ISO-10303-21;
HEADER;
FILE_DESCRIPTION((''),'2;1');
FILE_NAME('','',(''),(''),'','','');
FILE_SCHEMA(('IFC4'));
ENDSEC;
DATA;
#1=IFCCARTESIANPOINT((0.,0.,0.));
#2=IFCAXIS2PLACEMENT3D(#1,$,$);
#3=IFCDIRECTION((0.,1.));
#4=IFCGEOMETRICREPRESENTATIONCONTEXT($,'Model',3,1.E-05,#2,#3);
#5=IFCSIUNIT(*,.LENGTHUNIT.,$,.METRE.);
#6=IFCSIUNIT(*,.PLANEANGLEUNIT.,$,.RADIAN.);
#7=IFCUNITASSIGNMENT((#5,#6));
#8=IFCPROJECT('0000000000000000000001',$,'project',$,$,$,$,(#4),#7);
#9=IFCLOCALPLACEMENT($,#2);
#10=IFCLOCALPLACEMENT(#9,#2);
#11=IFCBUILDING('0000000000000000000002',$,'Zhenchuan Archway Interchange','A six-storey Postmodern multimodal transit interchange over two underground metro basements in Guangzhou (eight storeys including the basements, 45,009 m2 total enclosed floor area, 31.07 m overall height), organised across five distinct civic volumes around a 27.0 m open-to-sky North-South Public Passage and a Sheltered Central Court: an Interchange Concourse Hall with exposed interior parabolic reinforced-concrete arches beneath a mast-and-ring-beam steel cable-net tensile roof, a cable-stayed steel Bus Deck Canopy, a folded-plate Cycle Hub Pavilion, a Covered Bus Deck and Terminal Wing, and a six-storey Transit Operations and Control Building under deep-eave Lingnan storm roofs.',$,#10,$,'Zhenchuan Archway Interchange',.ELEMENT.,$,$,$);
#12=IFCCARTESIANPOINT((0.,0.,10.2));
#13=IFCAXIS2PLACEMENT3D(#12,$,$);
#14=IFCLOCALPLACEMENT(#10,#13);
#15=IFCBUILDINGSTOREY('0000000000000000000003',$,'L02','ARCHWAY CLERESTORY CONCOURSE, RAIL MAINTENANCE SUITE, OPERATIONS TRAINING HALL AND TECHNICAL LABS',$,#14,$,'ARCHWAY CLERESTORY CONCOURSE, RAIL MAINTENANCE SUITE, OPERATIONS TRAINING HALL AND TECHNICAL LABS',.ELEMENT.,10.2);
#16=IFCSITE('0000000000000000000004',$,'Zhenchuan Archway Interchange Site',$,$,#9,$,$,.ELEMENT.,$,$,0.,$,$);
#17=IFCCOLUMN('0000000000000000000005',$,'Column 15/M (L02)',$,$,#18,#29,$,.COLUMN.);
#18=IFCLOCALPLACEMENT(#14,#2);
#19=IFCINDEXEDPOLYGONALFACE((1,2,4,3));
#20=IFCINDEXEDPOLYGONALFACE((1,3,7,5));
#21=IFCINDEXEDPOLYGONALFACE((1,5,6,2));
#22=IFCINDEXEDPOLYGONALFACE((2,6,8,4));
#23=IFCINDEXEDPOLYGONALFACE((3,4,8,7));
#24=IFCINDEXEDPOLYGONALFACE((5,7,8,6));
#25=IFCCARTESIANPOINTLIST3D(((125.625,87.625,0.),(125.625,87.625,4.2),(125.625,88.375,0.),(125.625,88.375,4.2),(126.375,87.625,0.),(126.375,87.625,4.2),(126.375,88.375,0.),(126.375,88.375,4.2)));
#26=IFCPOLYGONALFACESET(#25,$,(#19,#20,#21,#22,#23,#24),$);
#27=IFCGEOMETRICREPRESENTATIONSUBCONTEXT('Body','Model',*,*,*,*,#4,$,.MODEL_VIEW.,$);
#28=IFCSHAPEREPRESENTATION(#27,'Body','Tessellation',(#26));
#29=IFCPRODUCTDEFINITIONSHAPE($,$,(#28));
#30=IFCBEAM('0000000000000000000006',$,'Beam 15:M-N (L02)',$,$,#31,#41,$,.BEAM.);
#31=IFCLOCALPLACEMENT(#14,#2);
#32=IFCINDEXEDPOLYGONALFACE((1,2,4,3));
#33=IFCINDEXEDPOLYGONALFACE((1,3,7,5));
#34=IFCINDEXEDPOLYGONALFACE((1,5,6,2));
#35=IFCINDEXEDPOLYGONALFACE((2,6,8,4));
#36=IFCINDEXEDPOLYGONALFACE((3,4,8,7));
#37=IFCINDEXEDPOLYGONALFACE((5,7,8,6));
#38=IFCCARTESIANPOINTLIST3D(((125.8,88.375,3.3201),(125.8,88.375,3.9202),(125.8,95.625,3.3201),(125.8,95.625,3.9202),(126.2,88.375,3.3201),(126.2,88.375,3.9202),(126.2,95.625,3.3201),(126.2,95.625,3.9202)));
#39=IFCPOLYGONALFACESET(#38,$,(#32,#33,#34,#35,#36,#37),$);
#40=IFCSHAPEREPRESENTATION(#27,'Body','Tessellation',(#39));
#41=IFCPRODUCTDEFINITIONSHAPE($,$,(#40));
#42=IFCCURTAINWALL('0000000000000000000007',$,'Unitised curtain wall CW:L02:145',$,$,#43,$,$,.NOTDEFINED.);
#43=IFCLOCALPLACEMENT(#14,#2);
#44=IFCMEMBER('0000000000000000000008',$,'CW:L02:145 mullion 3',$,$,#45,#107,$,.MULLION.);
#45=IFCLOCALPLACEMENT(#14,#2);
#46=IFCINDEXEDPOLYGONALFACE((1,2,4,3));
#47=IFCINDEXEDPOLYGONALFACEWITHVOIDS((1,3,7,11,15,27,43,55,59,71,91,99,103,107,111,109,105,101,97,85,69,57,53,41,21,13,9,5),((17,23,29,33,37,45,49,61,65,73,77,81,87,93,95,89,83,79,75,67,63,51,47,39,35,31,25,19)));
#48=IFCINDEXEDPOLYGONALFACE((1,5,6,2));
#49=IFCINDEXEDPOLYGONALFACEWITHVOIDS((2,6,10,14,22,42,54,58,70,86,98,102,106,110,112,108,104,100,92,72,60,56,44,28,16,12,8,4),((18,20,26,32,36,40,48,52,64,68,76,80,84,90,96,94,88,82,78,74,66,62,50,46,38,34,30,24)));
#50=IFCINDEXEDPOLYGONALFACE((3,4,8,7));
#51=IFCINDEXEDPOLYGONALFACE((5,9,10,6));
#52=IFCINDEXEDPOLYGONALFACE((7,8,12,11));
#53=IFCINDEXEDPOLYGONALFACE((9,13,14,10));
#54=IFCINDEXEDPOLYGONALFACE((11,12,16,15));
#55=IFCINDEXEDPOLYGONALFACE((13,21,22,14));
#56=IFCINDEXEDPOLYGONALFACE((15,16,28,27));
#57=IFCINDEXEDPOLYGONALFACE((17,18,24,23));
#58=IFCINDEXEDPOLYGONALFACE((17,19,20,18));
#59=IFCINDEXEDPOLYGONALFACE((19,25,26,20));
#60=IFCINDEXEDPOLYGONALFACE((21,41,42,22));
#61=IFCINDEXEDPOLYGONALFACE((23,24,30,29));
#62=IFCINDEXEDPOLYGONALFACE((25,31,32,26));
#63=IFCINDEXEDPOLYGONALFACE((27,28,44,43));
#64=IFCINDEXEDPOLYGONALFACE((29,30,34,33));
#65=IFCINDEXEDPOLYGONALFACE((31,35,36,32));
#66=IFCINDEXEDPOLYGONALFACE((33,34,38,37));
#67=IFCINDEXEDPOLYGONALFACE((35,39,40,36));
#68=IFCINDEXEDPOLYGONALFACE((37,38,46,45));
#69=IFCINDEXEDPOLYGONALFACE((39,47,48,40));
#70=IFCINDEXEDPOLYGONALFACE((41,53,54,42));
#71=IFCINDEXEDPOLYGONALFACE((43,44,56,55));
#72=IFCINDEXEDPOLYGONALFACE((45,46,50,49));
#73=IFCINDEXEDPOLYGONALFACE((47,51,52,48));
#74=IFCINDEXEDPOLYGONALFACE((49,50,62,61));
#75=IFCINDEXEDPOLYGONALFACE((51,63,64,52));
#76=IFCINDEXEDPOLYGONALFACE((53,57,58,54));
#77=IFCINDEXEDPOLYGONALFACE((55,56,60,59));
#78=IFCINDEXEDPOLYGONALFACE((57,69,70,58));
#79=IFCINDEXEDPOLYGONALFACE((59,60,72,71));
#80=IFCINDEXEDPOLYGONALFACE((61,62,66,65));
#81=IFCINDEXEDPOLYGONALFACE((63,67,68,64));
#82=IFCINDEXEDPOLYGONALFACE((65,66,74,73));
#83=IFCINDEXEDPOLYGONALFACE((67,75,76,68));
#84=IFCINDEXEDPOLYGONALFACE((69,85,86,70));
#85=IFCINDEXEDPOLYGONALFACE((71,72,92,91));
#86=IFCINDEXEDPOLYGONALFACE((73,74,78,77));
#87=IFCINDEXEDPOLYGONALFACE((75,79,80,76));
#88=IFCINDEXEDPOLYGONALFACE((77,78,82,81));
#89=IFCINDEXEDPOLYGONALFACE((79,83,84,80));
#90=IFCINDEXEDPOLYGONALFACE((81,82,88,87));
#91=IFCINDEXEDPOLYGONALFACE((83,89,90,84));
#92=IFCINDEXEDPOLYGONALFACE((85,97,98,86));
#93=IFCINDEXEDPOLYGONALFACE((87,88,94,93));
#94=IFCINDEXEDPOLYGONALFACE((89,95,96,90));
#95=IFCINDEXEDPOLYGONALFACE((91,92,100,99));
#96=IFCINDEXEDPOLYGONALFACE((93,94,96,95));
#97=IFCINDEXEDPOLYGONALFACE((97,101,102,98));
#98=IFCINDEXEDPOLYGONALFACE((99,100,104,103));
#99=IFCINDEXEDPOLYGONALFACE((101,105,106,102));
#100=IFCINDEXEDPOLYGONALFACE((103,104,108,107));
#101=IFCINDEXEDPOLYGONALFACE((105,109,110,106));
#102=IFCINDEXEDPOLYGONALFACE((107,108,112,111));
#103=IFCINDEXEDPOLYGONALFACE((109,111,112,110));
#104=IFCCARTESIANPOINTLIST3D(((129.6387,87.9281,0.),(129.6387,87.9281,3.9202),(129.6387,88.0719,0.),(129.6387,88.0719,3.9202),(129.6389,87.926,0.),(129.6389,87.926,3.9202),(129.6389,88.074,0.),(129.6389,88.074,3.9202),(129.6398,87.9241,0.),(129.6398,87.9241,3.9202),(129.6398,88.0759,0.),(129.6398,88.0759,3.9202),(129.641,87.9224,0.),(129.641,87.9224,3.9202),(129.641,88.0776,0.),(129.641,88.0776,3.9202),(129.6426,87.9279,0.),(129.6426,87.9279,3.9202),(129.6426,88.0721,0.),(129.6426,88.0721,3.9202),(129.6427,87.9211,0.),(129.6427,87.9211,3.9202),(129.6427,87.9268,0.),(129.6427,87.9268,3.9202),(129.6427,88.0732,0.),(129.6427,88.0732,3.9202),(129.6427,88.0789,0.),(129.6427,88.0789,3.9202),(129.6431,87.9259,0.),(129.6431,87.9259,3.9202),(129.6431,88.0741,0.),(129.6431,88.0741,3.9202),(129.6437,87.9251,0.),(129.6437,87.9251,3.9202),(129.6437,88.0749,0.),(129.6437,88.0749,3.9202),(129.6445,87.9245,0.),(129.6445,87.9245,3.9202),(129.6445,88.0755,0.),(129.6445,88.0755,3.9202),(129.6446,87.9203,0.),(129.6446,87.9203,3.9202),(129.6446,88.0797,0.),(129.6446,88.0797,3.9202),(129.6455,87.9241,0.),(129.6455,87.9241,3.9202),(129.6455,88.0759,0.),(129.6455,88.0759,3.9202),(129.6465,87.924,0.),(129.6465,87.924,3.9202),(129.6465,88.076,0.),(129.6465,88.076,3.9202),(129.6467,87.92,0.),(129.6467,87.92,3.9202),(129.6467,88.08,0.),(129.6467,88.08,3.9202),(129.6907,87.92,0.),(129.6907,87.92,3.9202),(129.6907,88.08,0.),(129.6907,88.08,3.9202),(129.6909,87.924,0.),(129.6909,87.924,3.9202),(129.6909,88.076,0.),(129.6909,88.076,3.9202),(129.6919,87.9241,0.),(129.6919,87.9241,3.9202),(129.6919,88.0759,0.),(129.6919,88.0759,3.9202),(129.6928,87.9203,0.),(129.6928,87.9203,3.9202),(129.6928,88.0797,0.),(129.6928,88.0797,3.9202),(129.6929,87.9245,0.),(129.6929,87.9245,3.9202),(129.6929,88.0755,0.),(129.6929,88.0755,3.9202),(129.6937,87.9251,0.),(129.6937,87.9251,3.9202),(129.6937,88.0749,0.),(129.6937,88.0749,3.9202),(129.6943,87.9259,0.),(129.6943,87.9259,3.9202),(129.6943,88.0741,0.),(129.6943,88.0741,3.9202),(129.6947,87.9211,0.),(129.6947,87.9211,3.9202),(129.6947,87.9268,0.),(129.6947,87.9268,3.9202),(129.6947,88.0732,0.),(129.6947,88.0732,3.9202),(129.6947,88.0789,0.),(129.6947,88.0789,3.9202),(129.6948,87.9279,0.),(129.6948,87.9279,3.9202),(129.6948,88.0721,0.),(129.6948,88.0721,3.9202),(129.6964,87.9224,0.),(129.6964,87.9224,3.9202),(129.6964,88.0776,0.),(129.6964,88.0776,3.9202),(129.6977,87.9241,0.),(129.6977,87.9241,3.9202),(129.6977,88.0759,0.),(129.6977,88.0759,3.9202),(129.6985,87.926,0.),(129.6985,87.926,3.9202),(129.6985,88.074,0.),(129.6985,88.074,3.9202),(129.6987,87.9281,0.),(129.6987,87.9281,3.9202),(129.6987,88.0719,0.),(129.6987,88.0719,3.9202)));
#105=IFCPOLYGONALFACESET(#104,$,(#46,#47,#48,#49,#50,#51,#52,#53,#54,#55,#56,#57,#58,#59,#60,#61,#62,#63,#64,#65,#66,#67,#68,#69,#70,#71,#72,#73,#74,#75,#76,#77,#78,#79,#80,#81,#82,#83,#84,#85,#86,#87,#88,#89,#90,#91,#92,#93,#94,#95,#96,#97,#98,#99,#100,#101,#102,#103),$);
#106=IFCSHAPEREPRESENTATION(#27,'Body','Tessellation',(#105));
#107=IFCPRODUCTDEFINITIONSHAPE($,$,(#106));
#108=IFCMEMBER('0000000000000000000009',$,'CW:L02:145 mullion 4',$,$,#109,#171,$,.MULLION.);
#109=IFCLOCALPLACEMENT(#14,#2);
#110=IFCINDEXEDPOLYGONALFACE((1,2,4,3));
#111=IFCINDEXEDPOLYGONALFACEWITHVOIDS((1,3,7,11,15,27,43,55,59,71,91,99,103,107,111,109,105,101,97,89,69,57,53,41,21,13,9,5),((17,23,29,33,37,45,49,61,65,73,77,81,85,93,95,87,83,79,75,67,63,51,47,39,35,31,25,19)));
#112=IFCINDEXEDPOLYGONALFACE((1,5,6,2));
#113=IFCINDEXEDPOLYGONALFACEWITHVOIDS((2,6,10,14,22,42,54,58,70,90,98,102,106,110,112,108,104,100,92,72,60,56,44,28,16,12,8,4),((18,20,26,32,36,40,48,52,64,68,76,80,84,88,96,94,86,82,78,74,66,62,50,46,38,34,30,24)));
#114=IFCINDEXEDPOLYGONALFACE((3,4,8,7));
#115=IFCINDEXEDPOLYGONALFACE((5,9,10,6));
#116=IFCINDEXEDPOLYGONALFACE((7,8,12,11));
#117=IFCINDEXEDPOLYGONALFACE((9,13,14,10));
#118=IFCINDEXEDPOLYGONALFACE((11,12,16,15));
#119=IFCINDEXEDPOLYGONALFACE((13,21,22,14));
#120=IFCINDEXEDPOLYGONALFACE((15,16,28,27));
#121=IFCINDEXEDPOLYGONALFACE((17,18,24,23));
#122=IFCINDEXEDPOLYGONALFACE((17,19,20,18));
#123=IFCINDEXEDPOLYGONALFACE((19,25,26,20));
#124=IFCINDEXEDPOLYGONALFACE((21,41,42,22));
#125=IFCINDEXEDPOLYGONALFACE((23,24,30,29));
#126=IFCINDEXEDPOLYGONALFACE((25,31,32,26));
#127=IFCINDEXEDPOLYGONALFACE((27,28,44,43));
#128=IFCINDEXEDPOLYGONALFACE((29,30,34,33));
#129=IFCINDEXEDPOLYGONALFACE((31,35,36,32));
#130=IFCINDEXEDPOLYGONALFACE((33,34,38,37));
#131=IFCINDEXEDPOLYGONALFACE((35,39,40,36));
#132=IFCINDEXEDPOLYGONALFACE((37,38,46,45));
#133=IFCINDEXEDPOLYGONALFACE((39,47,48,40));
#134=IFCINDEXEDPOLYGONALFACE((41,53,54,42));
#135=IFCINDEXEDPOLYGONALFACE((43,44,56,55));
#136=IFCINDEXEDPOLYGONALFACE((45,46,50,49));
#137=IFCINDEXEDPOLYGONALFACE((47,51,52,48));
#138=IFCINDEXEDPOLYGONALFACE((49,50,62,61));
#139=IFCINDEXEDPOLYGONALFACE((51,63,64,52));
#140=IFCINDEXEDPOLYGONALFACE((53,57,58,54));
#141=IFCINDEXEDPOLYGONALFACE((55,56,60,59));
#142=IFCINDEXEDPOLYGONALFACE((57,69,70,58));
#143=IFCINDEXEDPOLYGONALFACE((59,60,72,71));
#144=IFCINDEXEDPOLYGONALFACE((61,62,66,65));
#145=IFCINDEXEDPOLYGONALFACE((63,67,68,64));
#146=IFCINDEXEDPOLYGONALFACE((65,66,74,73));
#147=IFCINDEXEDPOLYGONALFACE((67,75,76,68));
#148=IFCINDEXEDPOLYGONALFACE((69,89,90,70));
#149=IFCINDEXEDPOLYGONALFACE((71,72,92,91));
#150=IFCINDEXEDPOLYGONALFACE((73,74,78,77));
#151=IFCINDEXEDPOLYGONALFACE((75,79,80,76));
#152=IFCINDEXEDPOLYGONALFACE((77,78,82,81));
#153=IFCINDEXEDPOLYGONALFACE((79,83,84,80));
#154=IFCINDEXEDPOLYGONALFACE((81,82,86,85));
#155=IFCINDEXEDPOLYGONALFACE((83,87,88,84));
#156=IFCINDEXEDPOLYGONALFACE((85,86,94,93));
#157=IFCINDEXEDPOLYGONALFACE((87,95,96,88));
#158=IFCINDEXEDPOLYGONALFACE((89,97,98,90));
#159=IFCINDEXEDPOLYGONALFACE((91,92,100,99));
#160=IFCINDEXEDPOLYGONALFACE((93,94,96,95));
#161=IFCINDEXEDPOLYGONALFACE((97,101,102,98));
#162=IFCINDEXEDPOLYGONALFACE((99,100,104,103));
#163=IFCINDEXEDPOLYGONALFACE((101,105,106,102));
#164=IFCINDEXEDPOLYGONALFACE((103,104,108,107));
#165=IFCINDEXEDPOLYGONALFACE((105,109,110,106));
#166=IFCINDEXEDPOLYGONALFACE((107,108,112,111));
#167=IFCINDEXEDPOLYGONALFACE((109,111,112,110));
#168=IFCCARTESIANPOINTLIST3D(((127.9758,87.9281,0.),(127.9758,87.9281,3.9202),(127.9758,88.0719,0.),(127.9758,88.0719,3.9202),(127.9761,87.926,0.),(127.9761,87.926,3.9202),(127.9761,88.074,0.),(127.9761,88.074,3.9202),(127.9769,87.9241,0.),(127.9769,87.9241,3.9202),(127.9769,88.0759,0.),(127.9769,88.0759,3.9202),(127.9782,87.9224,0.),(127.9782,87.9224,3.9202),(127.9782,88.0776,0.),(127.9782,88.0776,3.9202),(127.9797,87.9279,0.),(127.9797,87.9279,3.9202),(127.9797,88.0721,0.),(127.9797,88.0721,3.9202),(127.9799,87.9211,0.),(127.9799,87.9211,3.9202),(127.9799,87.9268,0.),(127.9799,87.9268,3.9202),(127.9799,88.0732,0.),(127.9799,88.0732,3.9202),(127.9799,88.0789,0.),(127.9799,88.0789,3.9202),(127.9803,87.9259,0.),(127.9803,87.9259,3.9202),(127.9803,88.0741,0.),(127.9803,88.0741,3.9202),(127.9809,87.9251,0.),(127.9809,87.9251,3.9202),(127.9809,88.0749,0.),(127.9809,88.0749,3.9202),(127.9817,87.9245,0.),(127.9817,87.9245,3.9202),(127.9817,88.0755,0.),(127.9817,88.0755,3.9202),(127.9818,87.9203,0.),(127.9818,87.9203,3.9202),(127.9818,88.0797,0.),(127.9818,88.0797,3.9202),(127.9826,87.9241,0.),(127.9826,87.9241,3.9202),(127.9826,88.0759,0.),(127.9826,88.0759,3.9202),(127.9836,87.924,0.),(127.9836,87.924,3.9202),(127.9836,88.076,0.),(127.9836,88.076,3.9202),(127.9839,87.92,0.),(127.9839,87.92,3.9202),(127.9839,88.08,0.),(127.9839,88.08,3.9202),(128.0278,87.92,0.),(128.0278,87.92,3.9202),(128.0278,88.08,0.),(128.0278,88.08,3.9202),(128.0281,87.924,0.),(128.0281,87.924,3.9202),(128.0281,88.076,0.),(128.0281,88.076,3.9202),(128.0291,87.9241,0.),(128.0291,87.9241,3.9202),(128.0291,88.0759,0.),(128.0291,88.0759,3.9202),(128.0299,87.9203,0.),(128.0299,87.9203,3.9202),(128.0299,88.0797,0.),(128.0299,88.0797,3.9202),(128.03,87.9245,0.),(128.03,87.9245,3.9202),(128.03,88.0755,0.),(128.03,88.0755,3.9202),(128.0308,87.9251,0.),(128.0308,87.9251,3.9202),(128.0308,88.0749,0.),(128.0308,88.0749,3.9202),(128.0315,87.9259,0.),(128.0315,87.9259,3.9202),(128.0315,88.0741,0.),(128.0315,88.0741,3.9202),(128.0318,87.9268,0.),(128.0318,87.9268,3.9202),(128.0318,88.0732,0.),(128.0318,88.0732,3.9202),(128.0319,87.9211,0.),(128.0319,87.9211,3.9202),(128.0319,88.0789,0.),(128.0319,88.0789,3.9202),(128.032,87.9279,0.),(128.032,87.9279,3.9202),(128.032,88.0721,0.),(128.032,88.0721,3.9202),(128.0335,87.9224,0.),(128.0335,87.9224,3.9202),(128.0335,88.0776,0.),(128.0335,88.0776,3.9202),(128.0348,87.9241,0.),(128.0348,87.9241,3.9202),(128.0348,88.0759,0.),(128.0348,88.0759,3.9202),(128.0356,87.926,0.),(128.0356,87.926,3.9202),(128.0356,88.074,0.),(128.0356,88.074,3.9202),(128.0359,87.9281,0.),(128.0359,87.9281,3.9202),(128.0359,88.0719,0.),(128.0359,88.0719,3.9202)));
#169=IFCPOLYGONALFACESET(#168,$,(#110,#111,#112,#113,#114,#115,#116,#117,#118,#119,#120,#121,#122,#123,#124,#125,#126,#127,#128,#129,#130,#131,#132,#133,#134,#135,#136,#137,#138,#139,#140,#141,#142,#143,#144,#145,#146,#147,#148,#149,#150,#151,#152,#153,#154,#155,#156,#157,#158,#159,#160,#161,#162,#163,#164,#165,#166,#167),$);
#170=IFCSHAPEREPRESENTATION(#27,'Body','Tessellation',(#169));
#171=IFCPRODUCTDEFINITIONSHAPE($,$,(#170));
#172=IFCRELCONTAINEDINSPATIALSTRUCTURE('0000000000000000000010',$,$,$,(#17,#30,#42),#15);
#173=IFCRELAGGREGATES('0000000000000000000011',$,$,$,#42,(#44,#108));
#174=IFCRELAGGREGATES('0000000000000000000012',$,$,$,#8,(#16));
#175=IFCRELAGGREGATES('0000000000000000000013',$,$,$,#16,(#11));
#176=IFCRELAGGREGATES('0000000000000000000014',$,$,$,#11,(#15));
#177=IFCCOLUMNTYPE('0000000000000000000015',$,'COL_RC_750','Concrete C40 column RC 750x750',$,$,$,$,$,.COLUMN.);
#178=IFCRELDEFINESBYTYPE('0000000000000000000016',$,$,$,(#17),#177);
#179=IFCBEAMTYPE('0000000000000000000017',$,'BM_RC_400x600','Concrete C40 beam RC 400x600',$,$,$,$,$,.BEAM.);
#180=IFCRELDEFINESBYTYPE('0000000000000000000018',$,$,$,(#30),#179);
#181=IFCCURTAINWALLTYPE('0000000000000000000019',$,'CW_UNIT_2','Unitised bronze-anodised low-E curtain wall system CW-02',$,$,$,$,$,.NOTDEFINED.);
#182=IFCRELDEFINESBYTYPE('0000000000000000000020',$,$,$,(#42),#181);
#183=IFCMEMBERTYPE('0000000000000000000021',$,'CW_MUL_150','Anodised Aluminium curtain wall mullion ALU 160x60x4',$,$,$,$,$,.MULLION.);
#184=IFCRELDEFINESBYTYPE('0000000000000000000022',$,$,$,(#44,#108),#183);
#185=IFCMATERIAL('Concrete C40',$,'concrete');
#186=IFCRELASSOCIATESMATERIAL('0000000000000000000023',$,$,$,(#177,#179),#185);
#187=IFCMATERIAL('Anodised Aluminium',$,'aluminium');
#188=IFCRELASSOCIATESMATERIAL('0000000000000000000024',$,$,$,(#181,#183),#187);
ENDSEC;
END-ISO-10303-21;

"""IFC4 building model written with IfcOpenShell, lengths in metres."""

from ifc_helpers import new_model, si_unit, direction, frame, origin, origin_2d, place, context, subcontext, project, spatial, rectangle, hollow_rectangle, extrude, material, material_profile, profile_set, type_object, element, aggregate, save


model = new_model("IFC4")

# Units and contexts
model_context = context("Model", 3, precision=1e-05, world=origin(), true_north=direction((0.0, 1.0)))
body_context = subcontext(model_context, "Body", "Model", "MODEL_VIEW")
ifc_project = project(units=[si_unit("LENGTHUNIT", "METRE"), si_unit("PLANEANGLEUNIT", "RADIAN")], contexts=[model_context])

# Site, building, storey
site_placement = place(None, origin())
site = spatial("IfcSite", under=ifc_project, at=site_placement, Name="Zhenchuan Archway Interchange Site", CompositionType="ELEMENT", RefElevation=0.0)
building_placement = place(site_placement, origin())
building = spatial("IfcBuilding", under=site, at=building_placement, Name="Zhenchuan Archway Interchange", Description="A six-storey Postmodern multimodal transit interchange over two underground metro basements in Guangzhou (eight storeys including the basements, 45,009 m2 total enclosed floor area, 31.07 m overall height), organised across five distinct civic volumes around a 27.0 m open-to-sky North-South Public Passage and a Sheltered Central Court: an Interchange Concourse Hall with exposed interior parabolic reinforced-concrete arches beneath a mast-and-ring-beam steel cable-net tensile roof, a cable-stayed steel Bus Deck Canopy, a folded-plate Cycle Hub Pavilion, a Covered Bus Deck and Terminal Wing, and a six-storey Transit Operations and Control Building under deep-eave Lingnan storm roofs.", LongName="Zhenchuan Archway Interchange", CompositionType="ELEMENT")
storey_placement = place(building_placement, frame((0.0, 0.0, 10.2)))
storey = spatial("IfcBuildingStorey", under=building, at=storey_placement, Name="L02", Description="ARCHWAY CLERESTORY CONCOURSE, RAIL MAINTENANCE SUITE, OPERATIONS TRAINING HALL AND TECHNICAL LABS", LongName="ARCHWAY CLERESTORY CONCOURSE, RAIL MAINTENANCE SUITE, OPERATIONS TRAINING HALL AND TECHNICAL LABS", CompositionType="ELEMENT", Elevation=10.2)

# Column
ifc_material_1 = material(Name="Concrete C40", Category="concrete")
ifc_material_profile_1 = material_profile(ifc_material_1, rectangle(XDim=0.75, YDim=0.75, at=origin_2d()), Name="RC 750x750")
ifc_profile_set_1 = profile_set([ifc_material_profile_1], Name="Concrete C40")
column_type = type_object("IfcColumnType", Name="COL_RC_750", Description="Concrete C40 column RC 750x750", PredefinedType="COLUMN", material=ifc_profile_set_1)
column_placement = place(storey_placement, frame((126.0, 88.0, 0.0), z_axis=(0.0, 0.0, 1.0), x_axis=(1.0, 0.0, 0.0)))
element("IfcColumn", 1, at=column_placement, inside=storey, type_object=column_type, Name="Column 15/M (L02)", PredefinedType="COLUMN", context=body_context, shape_type="SweptSolid", body=[
    extrude(rectangle(XDim=0.75, YDim=0.75, at=origin_2d()), origin(), (0.0, 0.0, 1.0), 4.2),
])

# Beam
ifc_material_profile_2 = material_profile(ifc_material_1, rectangle(XDim=0.3999, YDim=0.6001, at=origin_2d()), Name="RC 400x600")
ifc_profile_set_2 = profile_set([ifc_material_profile_2], Name="Concrete C40")
beam_type_1 = type_object("IfcBeamType", Name="BM_RC_400x600", Description="Concrete C40 beam RC 400x600", PredefinedType="BEAM", material=ifc_profile_set_2)
beam_1_placement = place(storey_placement, frame((126.0, 88.375, 3.6201), z_axis=(0.0, 1.0, 0.0), x_axis=(-1.0, 0.0, 0.0)))
element("IfcBeam", 2, at=beam_1_placement, inside=storey, type_object=beam_type_1, Name="Beam 15:M-N (L02)", PredefinedType="BEAM", context=body_context, shape_type="SweptSolid", body=[
    extrude(rectangle(XDim=0.3999, YDim=0.6001, at=origin_2d()), origin(), (0.0, 0.0, 1.0), 7.25),
])

# Curtain wall, members
ifc_material_2 = material(Name="Anodised Aluminium", Category="aluminium")
curtain_wall_type = type_object("IfcCurtainWallType", Name="CW_UNIT_2", Description="Unitised bronze-anodised low-E curtain wall system CW-02", PredefinedType="NOTDEFINED", material=ifc_material_2)
curtain_wall_placement = place(storey_placement, origin())
curtain_wall = element("IfcCurtainWall", 3, at=curtain_wall_placement, inside=storey, type_object=curtain_wall_type, Name="Unitised curtain wall CW:L02:145", PredefinedType="NOTDEFINED")
ifc_material_profile_3 = material_profile(ifc_material_2, hollow_rectangle(XDim=0.0601, YDim=0.1599, WallThickness=0.0039, InnerFilletRadius=0.0039, OuterFilletRadius=0.0081, at=origin_2d()), Name="ALU 160x60x4")
ifc_profile_set_3 = profile_set([ifc_material_profile_3], Name="Anodised Aluminium")
member_type_1 = type_object("IfcMemberType", Name="CW_MUL_150", Description="Anodised Aluminium curtain wall mullion ALU 160x60x4", PredefinedType="MULLION", material=ifc_profile_set_3)
member_1_placement = place(storey_placement, frame((129.6687, 88.0, 0.0), z_axis=(0.0, 0.0, 1.0), x_axis=(1.0, 0.0, 0.0)))
member_1 = element("IfcMember", 4, at=member_1_placement, type_object=member_type_1, Name="CW:L02:145 mullion 3", PredefinedType="MULLION", context=body_context, shape_type="SweptSolid", body=[
    extrude(hollow_rectangle(XDim=0.0601, YDim=0.1599, WallThickness=0.0039, InnerFilletRadius=0.0039, OuterFilletRadius=0.0081, at=origin_2d()), origin(), (0.0, 0.0, 1.0), 3.9202),
])
member_2_placement = place(storey_placement, frame((128.0059, 88.0, 0.0), z_axis=(0.0, 0.0, 1.0), x_axis=(1.0, 0.0, 0.0)))
member_2 = element("IfcMember", 5, at=member_2_placement, type_object=member_type_1, Name="CW:L02:145 mullion 4", PredefinedType="MULLION", context=body_context, shape_type="SweptSolid", body=[
    extrude(hollow_rectangle(XDim=0.0601, YDim=0.1599, WallThickness=0.0039, InnerFilletRadius=0.0039, OuterFilletRadius=0.0081, at=origin_2d()), origin(), (0.0, 0.0, 1.0), 3.9202),
])

aggregate(curtain_wall, [member_1, member_2])

save(model, "model.ifc")
